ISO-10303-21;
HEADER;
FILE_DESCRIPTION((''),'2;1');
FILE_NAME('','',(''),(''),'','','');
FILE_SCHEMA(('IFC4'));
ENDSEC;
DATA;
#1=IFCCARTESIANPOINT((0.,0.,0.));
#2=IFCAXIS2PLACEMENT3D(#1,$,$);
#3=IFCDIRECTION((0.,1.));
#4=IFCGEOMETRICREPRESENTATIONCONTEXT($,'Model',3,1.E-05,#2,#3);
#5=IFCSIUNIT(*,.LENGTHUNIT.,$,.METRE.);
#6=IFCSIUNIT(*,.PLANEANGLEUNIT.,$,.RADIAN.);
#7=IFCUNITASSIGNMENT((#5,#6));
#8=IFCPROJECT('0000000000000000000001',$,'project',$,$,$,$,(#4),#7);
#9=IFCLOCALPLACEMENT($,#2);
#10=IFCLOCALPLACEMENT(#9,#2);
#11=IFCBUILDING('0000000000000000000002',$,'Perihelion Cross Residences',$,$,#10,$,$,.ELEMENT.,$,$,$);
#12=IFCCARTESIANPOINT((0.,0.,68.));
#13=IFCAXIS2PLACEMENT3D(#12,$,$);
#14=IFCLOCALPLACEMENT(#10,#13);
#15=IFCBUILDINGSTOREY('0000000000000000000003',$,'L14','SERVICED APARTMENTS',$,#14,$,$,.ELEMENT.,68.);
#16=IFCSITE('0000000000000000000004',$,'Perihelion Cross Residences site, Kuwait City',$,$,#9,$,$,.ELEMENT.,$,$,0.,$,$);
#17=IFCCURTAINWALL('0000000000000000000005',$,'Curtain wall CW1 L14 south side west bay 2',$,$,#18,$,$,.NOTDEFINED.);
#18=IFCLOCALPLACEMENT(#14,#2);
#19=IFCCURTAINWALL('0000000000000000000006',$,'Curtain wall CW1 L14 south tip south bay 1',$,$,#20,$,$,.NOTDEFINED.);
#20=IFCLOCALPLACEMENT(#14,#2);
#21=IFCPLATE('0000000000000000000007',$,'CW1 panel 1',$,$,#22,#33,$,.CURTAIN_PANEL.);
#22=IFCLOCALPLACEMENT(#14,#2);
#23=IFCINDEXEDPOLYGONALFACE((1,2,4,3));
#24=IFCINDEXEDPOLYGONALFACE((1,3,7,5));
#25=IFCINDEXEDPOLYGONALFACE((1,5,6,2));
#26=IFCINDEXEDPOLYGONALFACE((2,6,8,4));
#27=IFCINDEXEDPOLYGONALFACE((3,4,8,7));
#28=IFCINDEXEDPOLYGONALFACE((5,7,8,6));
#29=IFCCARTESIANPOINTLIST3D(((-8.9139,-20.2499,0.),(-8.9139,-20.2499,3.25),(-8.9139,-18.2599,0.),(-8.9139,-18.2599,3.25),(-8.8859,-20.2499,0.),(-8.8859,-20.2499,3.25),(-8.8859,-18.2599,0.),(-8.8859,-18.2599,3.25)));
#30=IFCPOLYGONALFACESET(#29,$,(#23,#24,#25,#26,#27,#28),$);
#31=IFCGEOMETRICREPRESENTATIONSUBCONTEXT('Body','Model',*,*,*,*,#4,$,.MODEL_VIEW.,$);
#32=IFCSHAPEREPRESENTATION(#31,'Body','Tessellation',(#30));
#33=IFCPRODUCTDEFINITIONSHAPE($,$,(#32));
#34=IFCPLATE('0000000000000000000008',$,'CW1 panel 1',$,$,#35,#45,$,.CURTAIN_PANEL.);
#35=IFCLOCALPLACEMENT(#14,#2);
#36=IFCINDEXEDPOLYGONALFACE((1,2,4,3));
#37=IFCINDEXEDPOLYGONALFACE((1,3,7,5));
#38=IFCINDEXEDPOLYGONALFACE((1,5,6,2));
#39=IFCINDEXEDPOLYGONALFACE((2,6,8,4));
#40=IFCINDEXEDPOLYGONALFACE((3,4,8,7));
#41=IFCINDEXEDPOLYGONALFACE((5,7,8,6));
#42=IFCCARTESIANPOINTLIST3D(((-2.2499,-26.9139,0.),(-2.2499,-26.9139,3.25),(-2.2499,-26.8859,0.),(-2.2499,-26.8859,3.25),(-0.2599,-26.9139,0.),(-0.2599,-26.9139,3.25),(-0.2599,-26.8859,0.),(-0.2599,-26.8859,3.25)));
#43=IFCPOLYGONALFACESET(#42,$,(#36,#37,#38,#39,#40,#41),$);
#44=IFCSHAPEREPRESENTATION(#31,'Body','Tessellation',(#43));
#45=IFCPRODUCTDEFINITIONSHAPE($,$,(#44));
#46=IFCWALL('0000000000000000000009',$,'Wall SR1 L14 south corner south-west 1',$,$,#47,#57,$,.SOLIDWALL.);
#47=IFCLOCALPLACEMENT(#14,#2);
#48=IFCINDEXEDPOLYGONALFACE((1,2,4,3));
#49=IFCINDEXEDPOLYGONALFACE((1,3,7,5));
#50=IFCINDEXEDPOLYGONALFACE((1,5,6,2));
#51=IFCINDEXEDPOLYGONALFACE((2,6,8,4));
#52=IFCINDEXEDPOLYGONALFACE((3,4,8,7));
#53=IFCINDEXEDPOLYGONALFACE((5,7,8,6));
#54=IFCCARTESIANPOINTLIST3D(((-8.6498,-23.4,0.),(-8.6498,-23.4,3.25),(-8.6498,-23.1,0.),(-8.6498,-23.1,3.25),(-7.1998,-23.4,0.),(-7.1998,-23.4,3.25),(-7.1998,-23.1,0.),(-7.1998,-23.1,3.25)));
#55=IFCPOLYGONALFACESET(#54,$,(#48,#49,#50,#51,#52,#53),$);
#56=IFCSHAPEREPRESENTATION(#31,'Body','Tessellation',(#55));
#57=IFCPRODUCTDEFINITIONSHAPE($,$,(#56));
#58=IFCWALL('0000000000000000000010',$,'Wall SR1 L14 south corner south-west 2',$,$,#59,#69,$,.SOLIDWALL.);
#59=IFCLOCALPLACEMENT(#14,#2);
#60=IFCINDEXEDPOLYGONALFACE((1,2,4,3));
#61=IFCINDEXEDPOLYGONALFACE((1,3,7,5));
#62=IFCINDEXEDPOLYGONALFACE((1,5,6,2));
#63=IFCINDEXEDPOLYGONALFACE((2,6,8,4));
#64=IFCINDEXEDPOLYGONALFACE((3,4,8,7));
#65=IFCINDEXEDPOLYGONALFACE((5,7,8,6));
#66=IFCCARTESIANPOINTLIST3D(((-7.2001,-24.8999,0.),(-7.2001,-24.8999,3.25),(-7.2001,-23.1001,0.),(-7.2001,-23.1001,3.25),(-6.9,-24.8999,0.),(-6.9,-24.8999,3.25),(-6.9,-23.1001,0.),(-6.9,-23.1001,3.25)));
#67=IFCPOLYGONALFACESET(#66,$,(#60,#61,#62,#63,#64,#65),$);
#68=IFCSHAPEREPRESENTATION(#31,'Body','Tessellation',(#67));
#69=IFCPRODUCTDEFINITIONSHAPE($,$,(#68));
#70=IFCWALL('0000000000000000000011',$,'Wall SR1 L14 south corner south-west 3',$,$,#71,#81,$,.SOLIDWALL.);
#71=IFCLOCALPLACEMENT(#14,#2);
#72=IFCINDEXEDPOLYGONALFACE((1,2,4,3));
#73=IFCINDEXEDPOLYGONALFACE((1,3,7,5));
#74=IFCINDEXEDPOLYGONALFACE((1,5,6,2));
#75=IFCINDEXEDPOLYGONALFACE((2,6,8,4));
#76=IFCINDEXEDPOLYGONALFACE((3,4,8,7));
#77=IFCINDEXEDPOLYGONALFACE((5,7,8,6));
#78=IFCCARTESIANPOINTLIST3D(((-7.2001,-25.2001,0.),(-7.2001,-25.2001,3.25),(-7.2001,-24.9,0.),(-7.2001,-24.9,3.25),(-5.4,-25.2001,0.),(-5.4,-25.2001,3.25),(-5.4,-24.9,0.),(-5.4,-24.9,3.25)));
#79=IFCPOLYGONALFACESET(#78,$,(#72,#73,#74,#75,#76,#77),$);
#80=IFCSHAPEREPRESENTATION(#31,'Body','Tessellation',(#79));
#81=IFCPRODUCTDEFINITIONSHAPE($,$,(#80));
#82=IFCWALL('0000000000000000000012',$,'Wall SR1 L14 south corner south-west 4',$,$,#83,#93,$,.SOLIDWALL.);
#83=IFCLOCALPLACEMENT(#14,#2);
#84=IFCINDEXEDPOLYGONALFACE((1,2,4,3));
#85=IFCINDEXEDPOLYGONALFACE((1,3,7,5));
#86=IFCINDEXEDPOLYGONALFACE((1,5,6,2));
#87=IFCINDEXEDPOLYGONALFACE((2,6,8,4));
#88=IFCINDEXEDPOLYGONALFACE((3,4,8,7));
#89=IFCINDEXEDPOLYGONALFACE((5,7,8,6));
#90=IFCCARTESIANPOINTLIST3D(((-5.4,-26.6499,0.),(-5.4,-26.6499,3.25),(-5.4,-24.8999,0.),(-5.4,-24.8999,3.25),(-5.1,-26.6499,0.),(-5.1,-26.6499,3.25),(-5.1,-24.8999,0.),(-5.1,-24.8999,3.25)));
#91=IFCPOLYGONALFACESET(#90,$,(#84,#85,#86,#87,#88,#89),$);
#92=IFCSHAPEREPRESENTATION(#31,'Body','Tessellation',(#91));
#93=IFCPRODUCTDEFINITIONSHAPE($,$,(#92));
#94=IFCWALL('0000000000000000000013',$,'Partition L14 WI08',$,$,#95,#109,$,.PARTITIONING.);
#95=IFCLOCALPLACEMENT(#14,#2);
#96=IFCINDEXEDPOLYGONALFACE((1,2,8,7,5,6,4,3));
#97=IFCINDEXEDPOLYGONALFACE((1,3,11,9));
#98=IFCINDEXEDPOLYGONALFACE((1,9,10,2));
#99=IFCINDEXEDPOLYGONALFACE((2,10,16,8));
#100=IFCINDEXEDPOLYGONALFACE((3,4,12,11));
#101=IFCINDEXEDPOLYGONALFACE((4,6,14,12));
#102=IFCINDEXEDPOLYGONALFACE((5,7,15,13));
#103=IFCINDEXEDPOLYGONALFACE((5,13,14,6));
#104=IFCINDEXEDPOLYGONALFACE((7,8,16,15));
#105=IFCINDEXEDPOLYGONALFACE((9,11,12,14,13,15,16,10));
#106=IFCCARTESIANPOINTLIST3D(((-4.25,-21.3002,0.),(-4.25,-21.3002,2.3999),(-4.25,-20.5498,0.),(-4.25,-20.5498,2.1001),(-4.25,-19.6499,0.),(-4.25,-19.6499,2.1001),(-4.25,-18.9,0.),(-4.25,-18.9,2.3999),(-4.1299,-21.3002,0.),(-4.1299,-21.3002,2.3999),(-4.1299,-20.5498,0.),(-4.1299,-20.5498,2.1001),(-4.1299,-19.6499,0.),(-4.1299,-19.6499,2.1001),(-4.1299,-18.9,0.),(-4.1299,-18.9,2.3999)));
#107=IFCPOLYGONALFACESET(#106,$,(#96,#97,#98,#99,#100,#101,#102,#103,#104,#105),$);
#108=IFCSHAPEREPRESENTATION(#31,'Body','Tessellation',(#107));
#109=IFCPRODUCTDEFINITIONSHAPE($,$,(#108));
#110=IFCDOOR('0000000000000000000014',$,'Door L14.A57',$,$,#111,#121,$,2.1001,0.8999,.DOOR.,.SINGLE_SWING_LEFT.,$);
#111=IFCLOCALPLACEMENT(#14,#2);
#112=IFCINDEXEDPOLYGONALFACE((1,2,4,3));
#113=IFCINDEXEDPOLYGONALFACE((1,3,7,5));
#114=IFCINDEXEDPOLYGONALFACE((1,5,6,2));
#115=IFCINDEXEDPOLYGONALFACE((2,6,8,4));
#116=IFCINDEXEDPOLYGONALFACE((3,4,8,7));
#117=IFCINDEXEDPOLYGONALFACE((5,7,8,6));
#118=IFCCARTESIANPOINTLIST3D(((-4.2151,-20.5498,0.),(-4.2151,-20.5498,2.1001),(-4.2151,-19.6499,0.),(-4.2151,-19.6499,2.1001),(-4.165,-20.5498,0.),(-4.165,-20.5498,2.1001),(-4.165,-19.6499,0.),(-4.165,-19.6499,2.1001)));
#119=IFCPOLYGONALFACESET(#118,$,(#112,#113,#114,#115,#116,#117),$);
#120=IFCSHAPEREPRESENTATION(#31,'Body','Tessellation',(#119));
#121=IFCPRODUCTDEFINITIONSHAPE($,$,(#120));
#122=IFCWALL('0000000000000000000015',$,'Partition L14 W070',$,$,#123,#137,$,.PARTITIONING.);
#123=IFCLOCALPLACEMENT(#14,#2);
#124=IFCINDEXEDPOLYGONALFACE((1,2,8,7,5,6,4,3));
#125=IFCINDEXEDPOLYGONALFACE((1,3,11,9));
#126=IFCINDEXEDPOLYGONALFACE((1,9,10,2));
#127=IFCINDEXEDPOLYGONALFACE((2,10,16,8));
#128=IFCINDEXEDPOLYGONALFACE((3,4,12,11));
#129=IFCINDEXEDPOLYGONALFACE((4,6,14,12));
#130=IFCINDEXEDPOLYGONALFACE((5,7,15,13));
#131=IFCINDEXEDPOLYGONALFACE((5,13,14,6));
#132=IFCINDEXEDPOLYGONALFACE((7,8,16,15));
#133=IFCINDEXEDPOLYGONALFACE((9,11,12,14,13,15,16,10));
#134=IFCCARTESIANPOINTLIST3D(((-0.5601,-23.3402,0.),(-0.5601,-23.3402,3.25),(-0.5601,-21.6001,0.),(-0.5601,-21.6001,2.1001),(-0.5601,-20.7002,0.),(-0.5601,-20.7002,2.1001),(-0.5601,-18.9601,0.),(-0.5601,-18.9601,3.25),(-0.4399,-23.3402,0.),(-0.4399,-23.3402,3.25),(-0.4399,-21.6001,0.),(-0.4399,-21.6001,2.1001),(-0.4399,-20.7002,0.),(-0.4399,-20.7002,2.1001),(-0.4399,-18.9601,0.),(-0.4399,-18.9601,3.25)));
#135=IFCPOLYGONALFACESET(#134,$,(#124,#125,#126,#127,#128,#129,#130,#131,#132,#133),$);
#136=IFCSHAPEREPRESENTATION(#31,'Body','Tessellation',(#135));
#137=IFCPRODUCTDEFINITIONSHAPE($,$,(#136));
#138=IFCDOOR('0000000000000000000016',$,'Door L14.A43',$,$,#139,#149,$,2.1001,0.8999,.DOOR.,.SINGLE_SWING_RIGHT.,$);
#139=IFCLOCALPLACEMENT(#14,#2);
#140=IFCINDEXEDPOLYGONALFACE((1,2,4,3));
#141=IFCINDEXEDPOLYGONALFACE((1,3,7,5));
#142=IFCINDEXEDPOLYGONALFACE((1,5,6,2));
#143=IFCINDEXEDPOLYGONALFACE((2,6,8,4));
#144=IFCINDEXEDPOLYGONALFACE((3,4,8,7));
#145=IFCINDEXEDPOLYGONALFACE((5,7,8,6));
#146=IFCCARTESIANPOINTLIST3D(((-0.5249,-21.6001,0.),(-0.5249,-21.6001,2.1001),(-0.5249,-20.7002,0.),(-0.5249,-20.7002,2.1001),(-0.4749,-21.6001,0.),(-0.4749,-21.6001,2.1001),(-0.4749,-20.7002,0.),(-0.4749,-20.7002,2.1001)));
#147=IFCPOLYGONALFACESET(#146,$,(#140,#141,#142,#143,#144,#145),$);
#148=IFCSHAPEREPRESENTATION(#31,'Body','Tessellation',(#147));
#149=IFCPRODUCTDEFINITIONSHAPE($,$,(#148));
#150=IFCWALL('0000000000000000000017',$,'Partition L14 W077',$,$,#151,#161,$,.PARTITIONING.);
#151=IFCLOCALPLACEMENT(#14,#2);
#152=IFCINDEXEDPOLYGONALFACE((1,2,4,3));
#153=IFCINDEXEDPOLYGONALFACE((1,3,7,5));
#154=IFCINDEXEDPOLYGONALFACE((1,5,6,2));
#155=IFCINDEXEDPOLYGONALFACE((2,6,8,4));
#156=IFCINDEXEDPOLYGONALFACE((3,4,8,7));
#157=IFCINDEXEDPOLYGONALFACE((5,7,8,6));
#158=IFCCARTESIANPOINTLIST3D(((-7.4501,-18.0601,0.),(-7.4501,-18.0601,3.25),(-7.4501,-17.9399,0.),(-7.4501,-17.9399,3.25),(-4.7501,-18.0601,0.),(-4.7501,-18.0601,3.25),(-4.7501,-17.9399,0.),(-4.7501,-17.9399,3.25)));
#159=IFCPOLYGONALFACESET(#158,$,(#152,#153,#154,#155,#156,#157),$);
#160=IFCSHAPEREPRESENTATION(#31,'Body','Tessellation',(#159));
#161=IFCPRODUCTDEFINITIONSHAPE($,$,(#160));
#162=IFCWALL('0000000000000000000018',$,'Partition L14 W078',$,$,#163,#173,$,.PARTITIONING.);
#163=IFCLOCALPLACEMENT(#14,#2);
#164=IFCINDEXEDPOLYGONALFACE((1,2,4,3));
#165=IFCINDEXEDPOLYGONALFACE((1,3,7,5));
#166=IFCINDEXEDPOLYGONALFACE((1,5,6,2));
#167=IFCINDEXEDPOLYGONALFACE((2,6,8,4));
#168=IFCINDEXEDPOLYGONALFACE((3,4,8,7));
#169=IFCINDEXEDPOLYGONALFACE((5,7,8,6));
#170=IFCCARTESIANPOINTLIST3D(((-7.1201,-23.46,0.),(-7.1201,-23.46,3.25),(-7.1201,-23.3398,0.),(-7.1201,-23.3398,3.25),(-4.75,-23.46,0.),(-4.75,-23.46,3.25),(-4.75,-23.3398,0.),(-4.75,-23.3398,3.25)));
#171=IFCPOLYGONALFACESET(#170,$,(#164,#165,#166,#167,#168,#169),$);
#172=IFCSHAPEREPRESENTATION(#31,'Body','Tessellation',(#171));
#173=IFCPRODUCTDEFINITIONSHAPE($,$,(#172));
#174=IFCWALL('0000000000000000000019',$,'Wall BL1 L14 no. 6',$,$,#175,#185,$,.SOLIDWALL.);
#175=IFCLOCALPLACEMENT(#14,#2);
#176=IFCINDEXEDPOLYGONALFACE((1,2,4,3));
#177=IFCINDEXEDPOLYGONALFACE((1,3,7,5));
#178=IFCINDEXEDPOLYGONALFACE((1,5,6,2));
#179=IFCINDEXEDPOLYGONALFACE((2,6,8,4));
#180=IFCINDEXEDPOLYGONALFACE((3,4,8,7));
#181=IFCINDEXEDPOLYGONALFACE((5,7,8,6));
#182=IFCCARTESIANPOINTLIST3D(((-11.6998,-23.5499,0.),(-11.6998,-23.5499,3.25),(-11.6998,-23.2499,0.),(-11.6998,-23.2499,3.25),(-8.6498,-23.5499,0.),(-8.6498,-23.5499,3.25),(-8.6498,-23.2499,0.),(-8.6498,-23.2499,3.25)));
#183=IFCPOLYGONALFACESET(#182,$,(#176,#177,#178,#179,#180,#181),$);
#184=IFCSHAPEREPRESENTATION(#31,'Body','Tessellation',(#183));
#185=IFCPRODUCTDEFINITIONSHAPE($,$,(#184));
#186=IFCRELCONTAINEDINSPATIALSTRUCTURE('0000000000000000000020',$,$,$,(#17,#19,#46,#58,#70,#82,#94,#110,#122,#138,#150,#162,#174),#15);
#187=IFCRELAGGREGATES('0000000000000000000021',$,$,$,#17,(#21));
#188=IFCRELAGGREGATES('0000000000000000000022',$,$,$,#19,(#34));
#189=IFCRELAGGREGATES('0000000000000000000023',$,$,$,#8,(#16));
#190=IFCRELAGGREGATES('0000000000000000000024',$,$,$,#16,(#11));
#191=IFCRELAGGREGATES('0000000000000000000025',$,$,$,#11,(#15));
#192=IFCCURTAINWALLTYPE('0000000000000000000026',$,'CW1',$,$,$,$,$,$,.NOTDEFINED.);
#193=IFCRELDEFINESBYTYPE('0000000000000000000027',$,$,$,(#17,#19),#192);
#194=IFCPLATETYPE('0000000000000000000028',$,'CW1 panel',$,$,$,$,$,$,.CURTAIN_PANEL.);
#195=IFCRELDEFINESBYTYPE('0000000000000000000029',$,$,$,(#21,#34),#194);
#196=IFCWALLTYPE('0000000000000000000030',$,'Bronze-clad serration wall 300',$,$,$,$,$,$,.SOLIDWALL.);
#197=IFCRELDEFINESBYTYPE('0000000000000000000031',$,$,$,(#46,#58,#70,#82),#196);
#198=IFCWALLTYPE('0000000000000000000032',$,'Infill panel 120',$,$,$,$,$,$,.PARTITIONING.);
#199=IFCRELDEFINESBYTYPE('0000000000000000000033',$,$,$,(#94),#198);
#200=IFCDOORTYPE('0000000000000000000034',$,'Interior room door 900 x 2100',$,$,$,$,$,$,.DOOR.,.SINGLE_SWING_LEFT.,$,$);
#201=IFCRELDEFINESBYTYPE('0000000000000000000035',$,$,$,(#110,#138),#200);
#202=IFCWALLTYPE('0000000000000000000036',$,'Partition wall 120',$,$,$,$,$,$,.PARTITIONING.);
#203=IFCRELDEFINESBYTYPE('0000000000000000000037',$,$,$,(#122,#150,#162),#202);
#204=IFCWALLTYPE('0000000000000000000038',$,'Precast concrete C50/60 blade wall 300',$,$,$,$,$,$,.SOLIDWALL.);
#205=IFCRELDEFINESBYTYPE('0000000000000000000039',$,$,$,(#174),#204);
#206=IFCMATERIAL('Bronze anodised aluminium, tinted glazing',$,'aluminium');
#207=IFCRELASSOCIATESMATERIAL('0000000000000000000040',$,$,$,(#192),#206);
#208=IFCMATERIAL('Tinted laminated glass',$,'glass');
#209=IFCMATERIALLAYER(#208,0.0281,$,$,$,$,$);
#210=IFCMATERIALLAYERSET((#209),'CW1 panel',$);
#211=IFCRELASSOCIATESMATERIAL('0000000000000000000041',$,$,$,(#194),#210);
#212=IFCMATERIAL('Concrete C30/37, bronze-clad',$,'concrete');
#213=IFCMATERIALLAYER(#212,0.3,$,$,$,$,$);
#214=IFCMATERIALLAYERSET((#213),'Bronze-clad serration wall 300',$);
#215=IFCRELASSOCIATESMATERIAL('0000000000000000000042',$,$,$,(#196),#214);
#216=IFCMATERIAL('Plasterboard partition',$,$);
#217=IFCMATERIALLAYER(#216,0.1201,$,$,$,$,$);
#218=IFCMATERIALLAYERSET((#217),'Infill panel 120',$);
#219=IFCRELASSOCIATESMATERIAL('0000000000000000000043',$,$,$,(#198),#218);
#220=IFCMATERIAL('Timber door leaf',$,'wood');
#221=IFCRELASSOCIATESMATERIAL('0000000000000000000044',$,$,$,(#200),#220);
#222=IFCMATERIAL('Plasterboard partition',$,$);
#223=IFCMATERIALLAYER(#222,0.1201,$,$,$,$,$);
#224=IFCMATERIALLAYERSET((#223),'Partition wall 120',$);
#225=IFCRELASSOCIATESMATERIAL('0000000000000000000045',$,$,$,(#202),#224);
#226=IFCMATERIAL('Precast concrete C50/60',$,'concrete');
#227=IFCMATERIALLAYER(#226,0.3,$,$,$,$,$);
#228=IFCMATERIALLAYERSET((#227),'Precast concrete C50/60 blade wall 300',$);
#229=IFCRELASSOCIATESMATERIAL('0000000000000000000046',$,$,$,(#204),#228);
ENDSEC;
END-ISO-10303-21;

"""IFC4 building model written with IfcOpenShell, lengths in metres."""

from ifc_helpers import new_model, si_unit, direction, frame, frame_2d, origin, origin_2d, place, context, subcontext, project, spatial, rectangle, extrude, material, layer, layer_set, type_object, element, fill, aggregate, save


model = new_model("IFC4")

# Units and contexts
model_context = context("Model", 3, precision=1e-05, world=origin(), true_north=direction((0.0, 1.0)))
body_context = subcontext(model_context, "Body", "Model", "MODEL_VIEW")
ifc_project = project(units=[si_unit("LENGTHUNIT", "METRE"), si_unit("PLANEANGLEUNIT", "RADIAN")], contexts=[model_context])

# Site, building, storey
site_placement = place(None, origin())
site = spatial("IfcSite", under=ifc_project, at=site_placement, Name="Perihelion Cross Residences site, Kuwait City", CompositionType="ELEMENT", RefElevation=0.0)
building_placement = place(site_placement, origin())
building = spatial("IfcBuilding", under=site, at=building_placement, Name="Perihelion Cross Residences", CompositionType="ELEMENT")
storey_placement = place(building_placement, frame((0.0, 0.0, 68.0)))
storey = spatial("IfcBuildingStorey", under=building, at=storey_placement, Name="L14", Description="SERVICED APARTMENTS", CompositionType="ELEMENT", Elevation=68.0)

# Curtain walls
ifc_material_1 = material(Name="Bronze anodised aluminium, tinted glazing", Category="aluminium")
curtain_wall_type = type_object("IfcCurtainWallType", Name="CW1", PredefinedType="NOTDEFINED", material=ifc_material_1)
curtain_wall_1_placement = place(storey_placement, origin())
curtain_wall_1 = element("IfcCurtainWall", 1, at=curtain_wall_1_placement, inside=storey, type_object=curtain_wall_type, Name="Curtain wall CW1 L14 south side west bay 2", PredefinedType="NOTDEFINED")
curtain_wall_2_placement = place(storey_placement, origin())
curtain_wall_2 = element("IfcCurtainWall", 2, at=curtain_wall_2_placement, inside=storey, type_object=curtain_wall_type, Name="Curtain wall CW1 L14 south tip south bay 1", PredefinedType="NOTDEFINED")

# Plates
ifc_material_2 = material(Name="Tinted laminated glass", Category="glass")
ifc_layer_1 = layer(ifc_material_2, 0.0281)
ifc_layer_set_1 = layer_set([ifc_layer_1], Name="CW1 panel")
plate_type = type_object("IfcPlateType", Name="CW1 panel", PredefinedType="CURTAIN_PANEL", material=ifc_layer_set_1)
plate_1_placement = place(storey_placement, frame((-8.8999, -19.2549, 0.0), z_axis=(0.0, 0.0, 1.0), x_axis=(0.0, -1.0, 0.0)))
plate_1 = element("IfcPlate", 3, at=plate_1_placement, type_object=plate_type, Name="CW1 panel 1", PredefinedType="CURTAIN_PANEL", context=body_context, shape_type="SweptSolid", body=[
    extrude(rectangle(XDim=1.99, YDim=0.0281, at=origin_2d()), origin(), (0.0, 0.0, 1.0), 3.25),
])
aggregate(curtain_wall_1, [plate_1])
plate_2_placement = place(storey_placement, frame((-1.2549, -26.8999, 0.0), z_axis=(0.0, 0.0, 1.0), x_axis=(1.0, 0.0, 0.0)))
plate_2 = element("IfcPlate", 4, at=plate_2_placement, type_object=plate_type, Name="CW1 panel 1", PredefinedType="CURTAIN_PANEL", context=body_context, shape_type="SweptSolid", body=[
    extrude(rectangle(XDim=1.99, YDim=0.0281, at=origin_2d()), origin(), (0.0, 0.0, 1.0), 3.25),
])
aggregate(curtain_wall_2, [plate_2])

# Walls
ifc_material_3 = material(Name="Concrete C30/37, bronze-clad", Category="concrete")
ifc_layer_2 = layer(ifc_material_3, 0.3)
ifc_layer_set_2 = layer_set([ifc_layer_2], Name="Bronze-clad serration wall 300")
wall_type_1 = type_object("IfcWallType", Name="Bronze-clad serration wall 300", PredefinedType="SOLIDWALL", material=ifc_layer_set_2)
wall_1_placement = place(storey_placement, frame((-8.6499, -23.25, 0.0), z_axis=(0.0, 0.0, 1.0), x_axis=(1.0, 0.0, 0.0)))
element("IfcWall", 5, at=wall_1_placement, inside=storey, type_object=wall_type_1, Name="Wall SR1 L14 south corner south-west 1", PredefinedType="SOLIDWALL", context=body_context, shape_type="SweptSolid", body=[
    extrude(rectangle(XDim=1.45, YDim=0.3, at=frame_2d((0.7251, 0.0))), origin(), (0.0, 0.0, 1.0), 3.25),
])
wall_2_placement = place(storey_placement, frame((-7.05, -23.1001, 0.0), z_axis=(0.0, 0.0, 1.0), x_axis=(0.0, -1.0, 0.0)))
element("IfcWall", 6, at=wall_2_placement, inside=storey, type_object=wall_type_1, Name="Wall SR1 L14 south corner south-west 2", PredefinedType="SOLIDWALL", context=body_context, shape_type="SweptSolid", body=[
    extrude(rectangle(XDim=1.7998, YDim=0.3, at=frame_2d((0.8999, 0.0))), origin(), (0.0, 0.0, 1.0), 3.25),
])
wall_3_placement = place(storey_placement, frame((-7.2, -25.05, 0.0), z_axis=(0.0, 0.0, 1.0), x_axis=(1.0, 0.0, 0.0)))
element("IfcWall", 7, at=wall_3_placement, inside=storey, type_object=wall_type_1, Name="Wall SR1 L14 south corner south-west 3", PredefinedType="SOLIDWALL", context=body_context, shape_type="SweptSolid", body=[
    extrude(rectangle(XDim=1.8, YDim=0.3, at=frame_2d((0.8999, 0.0))), origin(), (0.0, 0.0, 1.0), 3.25),
])
wall_4_placement = place(storey_placement, frame((-5.25, -24.8999, 0.0), z_axis=(0.0, 0.0, 1.0), x_axis=(0.0, -1.0, 0.0)))
element("IfcWall", 8, at=wall_4_placement, inside=storey, type_object=wall_type_1, Name="Wall SR1 L14 south corner south-west 4", PredefinedType="SOLIDWALL", context=body_context, shape_type="SweptSolid", body=[
    extrude(rectangle(XDim=1.75, YDim=0.3, at=frame_2d((0.875, 0.0))), origin(), (0.0, 0.0, 1.0), 3.25),
])

# Walls, openings, doors
ifc_material_4 = material(Name="Plasterboard partition")
ifc_layer_3 = layer(ifc_material_4, 0.1201)
ifc_layer_set_3 = layer_set([ifc_layer_3], Name="Infill panel 120")
wall_type_2 = type_object("IfcWallType", Name="Infill panel 120", PredefinedType="PARTITIONING", material=ifc_layer_set_3)
wall_5_placement = place(storey_placement, frame((-4.1899, -18.8999, 0.0), z_axis=(0.0, 0.0, 1.0), x_axis=(0.0, -1.0, 0.0)))
wall_5 = element("IfcWall", 9, at=wall_5_placement, inside=storey, type_object=wall_type_2, Name="Partition L14 WI08", PredefinedType="PARTITIONING", context=body_context, shape_type="SweptSolid", body=[
    extrude(rectangle(XDim=2.4001, YDim=0.1201, at=frame_2d((1.2002, 0.0))), origin(), (0.0, 0.0, 1.0), 2.3999),
])
opening_1_placement = place(wall_5_placement, frame((0.75, 0.0, 0.0)))
opening_1 = element("IfcOpeningElement", 10, at=opening_1_placement, cuts=wall_5, PredefinedType="OPENING", context=body_context, shape_type="SweptSolid", body=[
    extrude(rectangle(XDim=0.8999, YDim=2.1001, at=frame_2d((0.45, 1.05))), frame((0.0, 0.0701, 0.0), z_axis=(0.0, -1.0, 0.0), x_axis=(1.0, 0.0, 0.0)), (0.0, 0.0, 1.0), 0.1401),
])
ifc_material_5 = material(Name="Timber door leaf", Category="wood")
door_type_1 = type_object("IfcDoorType", Name="Interior room door 900 x 2100", OperationType="SINGLE_SWING_LEFT", PredefinedType="DOOR", material=ifc_material_5)
door_1_placement = place(opening_1_placement, origin())
door_1 = element("IfcDoor", 11, at=door_1_placement, inside=storey, type_object=door_type_1, Name="Door L14.A57", OperationType="SINGLE_SWING_LEFT", OverallHeight=2.1001, OverallWidth=0.8999, PredefinedType="DOOR", context=body_context, shape_type="SweptSolid", body=[
    extrude(rectangle(XDim=0.8999, YDim=2.1001, at=frame_2d((0.45, 1.05))), frame((0.0, 0.0249, 0.0), z_axis=(0.0, -1.0, 0.0), x_axis=(1.0, 0.0, 0.0)), (0.0, 0.0, 1.0), 0.05),
])
fill(opening_1, door_1)
ifc_material_6 = material(Name="Plasterboard partition")
ifc_layer_4 = layer(ifc_material_6, 0.1201)
ifc_layer_set_4 = layer_set([ifc_layer_4], Name="Partition wall 120")
wall_type_3 = type_object("IfcWallType", Name="Partition wall 120", PredefinedType="PARTITIONING", material=ifc_layer_set_4)
wall_6_placement = place(storey_placement, frame((-0.5, -23.3401, 0.0), z_axis=(0.0, 0.0, 1.0), x_axis=(0.0, 1.0, 0.0)))
wall_6 = element("IfcWall", 12, at=wall_6_placement, inside=storey, type_object=wall_type_3, Name="Partition L14 W070", PredefinedType="PARTITIONING", context=body_context, shape_type="SweptSolid", body=[
    extrude(rectangle(XDim=4.3801, YDim=0.1201, at=frame_2d((2.1899, 0.0))), origin(), (0.0, 0.0, 1.0), 3.25),
])
opening_2_placement = place(wall_6_placement, frame((1.74, 0.0, 0.0)))
opening_2 = element("IfcOpeningElement", 13, at=opening_2_placement, cuts=wall_6, PredefinedType="OPENING", context=body_context, shape_type="SweptSolid", body=[
    extrude(rectangle(XDim=0.8999, YDim=2.1001, at=frame_2d((0.45, 1.05))), frame((0.0, 0.0701, 0.0), z_axis=(0.0, -1.0, 0.0), x_axis=(1.0, 0.0, 0.0)), (0.0, 0.0, 1.0), 0.1401),
])
door_2_placement = place(opening_2_placement, origin())
door_2 = element("IfcDoor", 14, at=door_2_placement, inside=storey, type_object=door_type_1, Name="Door L14.A43", OperationType="SINGLE_SWING_RIGHT", OverallHeight=2.1001, OverallWidth=0.8999, PredefinedType="DOOR", context=body_context, shape_type="SweptSolid", body=[
    extrude(rectangle(XDim=0.8999, YDim=2.1001, at=frame_2d((0.45, 1.05))), frame((0.0, 0.0249, 0.0), z_axis=(0.0, -1.0, 0.0), x_axis=(1.0, 0.0, 0.0)), (0.0, 0.0, 1.0), 0.05),
])
fill(opening_2, door_2)

# Walls
wall_7_placement = place(storey_placement, frame((-4.75, -18.0, 0.0), z_axis=(0.0, 0.0, 1.0), x_axis=(-1.0, 0.0, 0.0)))
element("IfcWall", 15, at=wall_7_placement, inside=storey, type_object=wall_type_3, Name="Partition L14 W077", PredefinedType="PARTITIONING", context=body_context, shape_type="SweptSolid", body=[
    extrude(rectangle(XDim=2.7, YDim=0.1201, at=frame_2d((1.3501, 0.0))), origin(), (0.0, 0.0, 1.0), 3.25),
])
wall_8_placement = place(storey_placement, frame((-4.75, -23.3999, 0.0), z_axis=(0.0, 0.0, 1.0), x_axis=(-1.0, 0.0, 0.0)))
element("IfcWall", 16, at=wall_8_placement, inside=storey, type_object=wall_type_3, Name="Partition L14 W078", PredefinedType="PARTITIONING", context=body_context, shape_type="SweptSolid", body=[
    extrude(rectangle(XDim=2.3701, YDim=0.1201, at=frame_2d((1.1851, 0.0))), origin(), (0.0, 0.0, 1.0), 3.25),
])
ifc_material_7 = material(Name="Precast concrete C50/60", Category="concrete")
ifc_layer_5 = layer(ifc_material_7, 0.3)
ifc_layer_set_5 = layer_set([ifc_layer_5], Name="Precast concrete C50/60 blade wall 300")
wall_type_4 = type_object("IfcWallType", Name="Precast concrete C50/60 blade wall 300", PredefinedType="SOLIDWALL", material=ifc_layer_set_5)
for number, where, z_axis, x_axis, name in (
    (17, (-8.6499, -23.3999, 0.0), (0.0, 0.0, 1.0), (-1.0, 0.0, 0.0), "Wall BL1 L14 no. 6"),
):
    element("IfcWall", number, at=place(storey_placement, frame(where, z_axis=z_axis, x_axis=x_axis)), inside=storey, type_object=wall_type_4, Name=name, PredefinedType="SOLIDWALL", context=body_context, shape_type="SweptSolid", body=[
        extrude(rectangle(XDim=3.05, YDim=0.3, at=frame_2d((1.5249, 0.0))), origin(), (0.0, 0.0, 1.0), 3.25),
    ])

save(model, "model.ifc")
